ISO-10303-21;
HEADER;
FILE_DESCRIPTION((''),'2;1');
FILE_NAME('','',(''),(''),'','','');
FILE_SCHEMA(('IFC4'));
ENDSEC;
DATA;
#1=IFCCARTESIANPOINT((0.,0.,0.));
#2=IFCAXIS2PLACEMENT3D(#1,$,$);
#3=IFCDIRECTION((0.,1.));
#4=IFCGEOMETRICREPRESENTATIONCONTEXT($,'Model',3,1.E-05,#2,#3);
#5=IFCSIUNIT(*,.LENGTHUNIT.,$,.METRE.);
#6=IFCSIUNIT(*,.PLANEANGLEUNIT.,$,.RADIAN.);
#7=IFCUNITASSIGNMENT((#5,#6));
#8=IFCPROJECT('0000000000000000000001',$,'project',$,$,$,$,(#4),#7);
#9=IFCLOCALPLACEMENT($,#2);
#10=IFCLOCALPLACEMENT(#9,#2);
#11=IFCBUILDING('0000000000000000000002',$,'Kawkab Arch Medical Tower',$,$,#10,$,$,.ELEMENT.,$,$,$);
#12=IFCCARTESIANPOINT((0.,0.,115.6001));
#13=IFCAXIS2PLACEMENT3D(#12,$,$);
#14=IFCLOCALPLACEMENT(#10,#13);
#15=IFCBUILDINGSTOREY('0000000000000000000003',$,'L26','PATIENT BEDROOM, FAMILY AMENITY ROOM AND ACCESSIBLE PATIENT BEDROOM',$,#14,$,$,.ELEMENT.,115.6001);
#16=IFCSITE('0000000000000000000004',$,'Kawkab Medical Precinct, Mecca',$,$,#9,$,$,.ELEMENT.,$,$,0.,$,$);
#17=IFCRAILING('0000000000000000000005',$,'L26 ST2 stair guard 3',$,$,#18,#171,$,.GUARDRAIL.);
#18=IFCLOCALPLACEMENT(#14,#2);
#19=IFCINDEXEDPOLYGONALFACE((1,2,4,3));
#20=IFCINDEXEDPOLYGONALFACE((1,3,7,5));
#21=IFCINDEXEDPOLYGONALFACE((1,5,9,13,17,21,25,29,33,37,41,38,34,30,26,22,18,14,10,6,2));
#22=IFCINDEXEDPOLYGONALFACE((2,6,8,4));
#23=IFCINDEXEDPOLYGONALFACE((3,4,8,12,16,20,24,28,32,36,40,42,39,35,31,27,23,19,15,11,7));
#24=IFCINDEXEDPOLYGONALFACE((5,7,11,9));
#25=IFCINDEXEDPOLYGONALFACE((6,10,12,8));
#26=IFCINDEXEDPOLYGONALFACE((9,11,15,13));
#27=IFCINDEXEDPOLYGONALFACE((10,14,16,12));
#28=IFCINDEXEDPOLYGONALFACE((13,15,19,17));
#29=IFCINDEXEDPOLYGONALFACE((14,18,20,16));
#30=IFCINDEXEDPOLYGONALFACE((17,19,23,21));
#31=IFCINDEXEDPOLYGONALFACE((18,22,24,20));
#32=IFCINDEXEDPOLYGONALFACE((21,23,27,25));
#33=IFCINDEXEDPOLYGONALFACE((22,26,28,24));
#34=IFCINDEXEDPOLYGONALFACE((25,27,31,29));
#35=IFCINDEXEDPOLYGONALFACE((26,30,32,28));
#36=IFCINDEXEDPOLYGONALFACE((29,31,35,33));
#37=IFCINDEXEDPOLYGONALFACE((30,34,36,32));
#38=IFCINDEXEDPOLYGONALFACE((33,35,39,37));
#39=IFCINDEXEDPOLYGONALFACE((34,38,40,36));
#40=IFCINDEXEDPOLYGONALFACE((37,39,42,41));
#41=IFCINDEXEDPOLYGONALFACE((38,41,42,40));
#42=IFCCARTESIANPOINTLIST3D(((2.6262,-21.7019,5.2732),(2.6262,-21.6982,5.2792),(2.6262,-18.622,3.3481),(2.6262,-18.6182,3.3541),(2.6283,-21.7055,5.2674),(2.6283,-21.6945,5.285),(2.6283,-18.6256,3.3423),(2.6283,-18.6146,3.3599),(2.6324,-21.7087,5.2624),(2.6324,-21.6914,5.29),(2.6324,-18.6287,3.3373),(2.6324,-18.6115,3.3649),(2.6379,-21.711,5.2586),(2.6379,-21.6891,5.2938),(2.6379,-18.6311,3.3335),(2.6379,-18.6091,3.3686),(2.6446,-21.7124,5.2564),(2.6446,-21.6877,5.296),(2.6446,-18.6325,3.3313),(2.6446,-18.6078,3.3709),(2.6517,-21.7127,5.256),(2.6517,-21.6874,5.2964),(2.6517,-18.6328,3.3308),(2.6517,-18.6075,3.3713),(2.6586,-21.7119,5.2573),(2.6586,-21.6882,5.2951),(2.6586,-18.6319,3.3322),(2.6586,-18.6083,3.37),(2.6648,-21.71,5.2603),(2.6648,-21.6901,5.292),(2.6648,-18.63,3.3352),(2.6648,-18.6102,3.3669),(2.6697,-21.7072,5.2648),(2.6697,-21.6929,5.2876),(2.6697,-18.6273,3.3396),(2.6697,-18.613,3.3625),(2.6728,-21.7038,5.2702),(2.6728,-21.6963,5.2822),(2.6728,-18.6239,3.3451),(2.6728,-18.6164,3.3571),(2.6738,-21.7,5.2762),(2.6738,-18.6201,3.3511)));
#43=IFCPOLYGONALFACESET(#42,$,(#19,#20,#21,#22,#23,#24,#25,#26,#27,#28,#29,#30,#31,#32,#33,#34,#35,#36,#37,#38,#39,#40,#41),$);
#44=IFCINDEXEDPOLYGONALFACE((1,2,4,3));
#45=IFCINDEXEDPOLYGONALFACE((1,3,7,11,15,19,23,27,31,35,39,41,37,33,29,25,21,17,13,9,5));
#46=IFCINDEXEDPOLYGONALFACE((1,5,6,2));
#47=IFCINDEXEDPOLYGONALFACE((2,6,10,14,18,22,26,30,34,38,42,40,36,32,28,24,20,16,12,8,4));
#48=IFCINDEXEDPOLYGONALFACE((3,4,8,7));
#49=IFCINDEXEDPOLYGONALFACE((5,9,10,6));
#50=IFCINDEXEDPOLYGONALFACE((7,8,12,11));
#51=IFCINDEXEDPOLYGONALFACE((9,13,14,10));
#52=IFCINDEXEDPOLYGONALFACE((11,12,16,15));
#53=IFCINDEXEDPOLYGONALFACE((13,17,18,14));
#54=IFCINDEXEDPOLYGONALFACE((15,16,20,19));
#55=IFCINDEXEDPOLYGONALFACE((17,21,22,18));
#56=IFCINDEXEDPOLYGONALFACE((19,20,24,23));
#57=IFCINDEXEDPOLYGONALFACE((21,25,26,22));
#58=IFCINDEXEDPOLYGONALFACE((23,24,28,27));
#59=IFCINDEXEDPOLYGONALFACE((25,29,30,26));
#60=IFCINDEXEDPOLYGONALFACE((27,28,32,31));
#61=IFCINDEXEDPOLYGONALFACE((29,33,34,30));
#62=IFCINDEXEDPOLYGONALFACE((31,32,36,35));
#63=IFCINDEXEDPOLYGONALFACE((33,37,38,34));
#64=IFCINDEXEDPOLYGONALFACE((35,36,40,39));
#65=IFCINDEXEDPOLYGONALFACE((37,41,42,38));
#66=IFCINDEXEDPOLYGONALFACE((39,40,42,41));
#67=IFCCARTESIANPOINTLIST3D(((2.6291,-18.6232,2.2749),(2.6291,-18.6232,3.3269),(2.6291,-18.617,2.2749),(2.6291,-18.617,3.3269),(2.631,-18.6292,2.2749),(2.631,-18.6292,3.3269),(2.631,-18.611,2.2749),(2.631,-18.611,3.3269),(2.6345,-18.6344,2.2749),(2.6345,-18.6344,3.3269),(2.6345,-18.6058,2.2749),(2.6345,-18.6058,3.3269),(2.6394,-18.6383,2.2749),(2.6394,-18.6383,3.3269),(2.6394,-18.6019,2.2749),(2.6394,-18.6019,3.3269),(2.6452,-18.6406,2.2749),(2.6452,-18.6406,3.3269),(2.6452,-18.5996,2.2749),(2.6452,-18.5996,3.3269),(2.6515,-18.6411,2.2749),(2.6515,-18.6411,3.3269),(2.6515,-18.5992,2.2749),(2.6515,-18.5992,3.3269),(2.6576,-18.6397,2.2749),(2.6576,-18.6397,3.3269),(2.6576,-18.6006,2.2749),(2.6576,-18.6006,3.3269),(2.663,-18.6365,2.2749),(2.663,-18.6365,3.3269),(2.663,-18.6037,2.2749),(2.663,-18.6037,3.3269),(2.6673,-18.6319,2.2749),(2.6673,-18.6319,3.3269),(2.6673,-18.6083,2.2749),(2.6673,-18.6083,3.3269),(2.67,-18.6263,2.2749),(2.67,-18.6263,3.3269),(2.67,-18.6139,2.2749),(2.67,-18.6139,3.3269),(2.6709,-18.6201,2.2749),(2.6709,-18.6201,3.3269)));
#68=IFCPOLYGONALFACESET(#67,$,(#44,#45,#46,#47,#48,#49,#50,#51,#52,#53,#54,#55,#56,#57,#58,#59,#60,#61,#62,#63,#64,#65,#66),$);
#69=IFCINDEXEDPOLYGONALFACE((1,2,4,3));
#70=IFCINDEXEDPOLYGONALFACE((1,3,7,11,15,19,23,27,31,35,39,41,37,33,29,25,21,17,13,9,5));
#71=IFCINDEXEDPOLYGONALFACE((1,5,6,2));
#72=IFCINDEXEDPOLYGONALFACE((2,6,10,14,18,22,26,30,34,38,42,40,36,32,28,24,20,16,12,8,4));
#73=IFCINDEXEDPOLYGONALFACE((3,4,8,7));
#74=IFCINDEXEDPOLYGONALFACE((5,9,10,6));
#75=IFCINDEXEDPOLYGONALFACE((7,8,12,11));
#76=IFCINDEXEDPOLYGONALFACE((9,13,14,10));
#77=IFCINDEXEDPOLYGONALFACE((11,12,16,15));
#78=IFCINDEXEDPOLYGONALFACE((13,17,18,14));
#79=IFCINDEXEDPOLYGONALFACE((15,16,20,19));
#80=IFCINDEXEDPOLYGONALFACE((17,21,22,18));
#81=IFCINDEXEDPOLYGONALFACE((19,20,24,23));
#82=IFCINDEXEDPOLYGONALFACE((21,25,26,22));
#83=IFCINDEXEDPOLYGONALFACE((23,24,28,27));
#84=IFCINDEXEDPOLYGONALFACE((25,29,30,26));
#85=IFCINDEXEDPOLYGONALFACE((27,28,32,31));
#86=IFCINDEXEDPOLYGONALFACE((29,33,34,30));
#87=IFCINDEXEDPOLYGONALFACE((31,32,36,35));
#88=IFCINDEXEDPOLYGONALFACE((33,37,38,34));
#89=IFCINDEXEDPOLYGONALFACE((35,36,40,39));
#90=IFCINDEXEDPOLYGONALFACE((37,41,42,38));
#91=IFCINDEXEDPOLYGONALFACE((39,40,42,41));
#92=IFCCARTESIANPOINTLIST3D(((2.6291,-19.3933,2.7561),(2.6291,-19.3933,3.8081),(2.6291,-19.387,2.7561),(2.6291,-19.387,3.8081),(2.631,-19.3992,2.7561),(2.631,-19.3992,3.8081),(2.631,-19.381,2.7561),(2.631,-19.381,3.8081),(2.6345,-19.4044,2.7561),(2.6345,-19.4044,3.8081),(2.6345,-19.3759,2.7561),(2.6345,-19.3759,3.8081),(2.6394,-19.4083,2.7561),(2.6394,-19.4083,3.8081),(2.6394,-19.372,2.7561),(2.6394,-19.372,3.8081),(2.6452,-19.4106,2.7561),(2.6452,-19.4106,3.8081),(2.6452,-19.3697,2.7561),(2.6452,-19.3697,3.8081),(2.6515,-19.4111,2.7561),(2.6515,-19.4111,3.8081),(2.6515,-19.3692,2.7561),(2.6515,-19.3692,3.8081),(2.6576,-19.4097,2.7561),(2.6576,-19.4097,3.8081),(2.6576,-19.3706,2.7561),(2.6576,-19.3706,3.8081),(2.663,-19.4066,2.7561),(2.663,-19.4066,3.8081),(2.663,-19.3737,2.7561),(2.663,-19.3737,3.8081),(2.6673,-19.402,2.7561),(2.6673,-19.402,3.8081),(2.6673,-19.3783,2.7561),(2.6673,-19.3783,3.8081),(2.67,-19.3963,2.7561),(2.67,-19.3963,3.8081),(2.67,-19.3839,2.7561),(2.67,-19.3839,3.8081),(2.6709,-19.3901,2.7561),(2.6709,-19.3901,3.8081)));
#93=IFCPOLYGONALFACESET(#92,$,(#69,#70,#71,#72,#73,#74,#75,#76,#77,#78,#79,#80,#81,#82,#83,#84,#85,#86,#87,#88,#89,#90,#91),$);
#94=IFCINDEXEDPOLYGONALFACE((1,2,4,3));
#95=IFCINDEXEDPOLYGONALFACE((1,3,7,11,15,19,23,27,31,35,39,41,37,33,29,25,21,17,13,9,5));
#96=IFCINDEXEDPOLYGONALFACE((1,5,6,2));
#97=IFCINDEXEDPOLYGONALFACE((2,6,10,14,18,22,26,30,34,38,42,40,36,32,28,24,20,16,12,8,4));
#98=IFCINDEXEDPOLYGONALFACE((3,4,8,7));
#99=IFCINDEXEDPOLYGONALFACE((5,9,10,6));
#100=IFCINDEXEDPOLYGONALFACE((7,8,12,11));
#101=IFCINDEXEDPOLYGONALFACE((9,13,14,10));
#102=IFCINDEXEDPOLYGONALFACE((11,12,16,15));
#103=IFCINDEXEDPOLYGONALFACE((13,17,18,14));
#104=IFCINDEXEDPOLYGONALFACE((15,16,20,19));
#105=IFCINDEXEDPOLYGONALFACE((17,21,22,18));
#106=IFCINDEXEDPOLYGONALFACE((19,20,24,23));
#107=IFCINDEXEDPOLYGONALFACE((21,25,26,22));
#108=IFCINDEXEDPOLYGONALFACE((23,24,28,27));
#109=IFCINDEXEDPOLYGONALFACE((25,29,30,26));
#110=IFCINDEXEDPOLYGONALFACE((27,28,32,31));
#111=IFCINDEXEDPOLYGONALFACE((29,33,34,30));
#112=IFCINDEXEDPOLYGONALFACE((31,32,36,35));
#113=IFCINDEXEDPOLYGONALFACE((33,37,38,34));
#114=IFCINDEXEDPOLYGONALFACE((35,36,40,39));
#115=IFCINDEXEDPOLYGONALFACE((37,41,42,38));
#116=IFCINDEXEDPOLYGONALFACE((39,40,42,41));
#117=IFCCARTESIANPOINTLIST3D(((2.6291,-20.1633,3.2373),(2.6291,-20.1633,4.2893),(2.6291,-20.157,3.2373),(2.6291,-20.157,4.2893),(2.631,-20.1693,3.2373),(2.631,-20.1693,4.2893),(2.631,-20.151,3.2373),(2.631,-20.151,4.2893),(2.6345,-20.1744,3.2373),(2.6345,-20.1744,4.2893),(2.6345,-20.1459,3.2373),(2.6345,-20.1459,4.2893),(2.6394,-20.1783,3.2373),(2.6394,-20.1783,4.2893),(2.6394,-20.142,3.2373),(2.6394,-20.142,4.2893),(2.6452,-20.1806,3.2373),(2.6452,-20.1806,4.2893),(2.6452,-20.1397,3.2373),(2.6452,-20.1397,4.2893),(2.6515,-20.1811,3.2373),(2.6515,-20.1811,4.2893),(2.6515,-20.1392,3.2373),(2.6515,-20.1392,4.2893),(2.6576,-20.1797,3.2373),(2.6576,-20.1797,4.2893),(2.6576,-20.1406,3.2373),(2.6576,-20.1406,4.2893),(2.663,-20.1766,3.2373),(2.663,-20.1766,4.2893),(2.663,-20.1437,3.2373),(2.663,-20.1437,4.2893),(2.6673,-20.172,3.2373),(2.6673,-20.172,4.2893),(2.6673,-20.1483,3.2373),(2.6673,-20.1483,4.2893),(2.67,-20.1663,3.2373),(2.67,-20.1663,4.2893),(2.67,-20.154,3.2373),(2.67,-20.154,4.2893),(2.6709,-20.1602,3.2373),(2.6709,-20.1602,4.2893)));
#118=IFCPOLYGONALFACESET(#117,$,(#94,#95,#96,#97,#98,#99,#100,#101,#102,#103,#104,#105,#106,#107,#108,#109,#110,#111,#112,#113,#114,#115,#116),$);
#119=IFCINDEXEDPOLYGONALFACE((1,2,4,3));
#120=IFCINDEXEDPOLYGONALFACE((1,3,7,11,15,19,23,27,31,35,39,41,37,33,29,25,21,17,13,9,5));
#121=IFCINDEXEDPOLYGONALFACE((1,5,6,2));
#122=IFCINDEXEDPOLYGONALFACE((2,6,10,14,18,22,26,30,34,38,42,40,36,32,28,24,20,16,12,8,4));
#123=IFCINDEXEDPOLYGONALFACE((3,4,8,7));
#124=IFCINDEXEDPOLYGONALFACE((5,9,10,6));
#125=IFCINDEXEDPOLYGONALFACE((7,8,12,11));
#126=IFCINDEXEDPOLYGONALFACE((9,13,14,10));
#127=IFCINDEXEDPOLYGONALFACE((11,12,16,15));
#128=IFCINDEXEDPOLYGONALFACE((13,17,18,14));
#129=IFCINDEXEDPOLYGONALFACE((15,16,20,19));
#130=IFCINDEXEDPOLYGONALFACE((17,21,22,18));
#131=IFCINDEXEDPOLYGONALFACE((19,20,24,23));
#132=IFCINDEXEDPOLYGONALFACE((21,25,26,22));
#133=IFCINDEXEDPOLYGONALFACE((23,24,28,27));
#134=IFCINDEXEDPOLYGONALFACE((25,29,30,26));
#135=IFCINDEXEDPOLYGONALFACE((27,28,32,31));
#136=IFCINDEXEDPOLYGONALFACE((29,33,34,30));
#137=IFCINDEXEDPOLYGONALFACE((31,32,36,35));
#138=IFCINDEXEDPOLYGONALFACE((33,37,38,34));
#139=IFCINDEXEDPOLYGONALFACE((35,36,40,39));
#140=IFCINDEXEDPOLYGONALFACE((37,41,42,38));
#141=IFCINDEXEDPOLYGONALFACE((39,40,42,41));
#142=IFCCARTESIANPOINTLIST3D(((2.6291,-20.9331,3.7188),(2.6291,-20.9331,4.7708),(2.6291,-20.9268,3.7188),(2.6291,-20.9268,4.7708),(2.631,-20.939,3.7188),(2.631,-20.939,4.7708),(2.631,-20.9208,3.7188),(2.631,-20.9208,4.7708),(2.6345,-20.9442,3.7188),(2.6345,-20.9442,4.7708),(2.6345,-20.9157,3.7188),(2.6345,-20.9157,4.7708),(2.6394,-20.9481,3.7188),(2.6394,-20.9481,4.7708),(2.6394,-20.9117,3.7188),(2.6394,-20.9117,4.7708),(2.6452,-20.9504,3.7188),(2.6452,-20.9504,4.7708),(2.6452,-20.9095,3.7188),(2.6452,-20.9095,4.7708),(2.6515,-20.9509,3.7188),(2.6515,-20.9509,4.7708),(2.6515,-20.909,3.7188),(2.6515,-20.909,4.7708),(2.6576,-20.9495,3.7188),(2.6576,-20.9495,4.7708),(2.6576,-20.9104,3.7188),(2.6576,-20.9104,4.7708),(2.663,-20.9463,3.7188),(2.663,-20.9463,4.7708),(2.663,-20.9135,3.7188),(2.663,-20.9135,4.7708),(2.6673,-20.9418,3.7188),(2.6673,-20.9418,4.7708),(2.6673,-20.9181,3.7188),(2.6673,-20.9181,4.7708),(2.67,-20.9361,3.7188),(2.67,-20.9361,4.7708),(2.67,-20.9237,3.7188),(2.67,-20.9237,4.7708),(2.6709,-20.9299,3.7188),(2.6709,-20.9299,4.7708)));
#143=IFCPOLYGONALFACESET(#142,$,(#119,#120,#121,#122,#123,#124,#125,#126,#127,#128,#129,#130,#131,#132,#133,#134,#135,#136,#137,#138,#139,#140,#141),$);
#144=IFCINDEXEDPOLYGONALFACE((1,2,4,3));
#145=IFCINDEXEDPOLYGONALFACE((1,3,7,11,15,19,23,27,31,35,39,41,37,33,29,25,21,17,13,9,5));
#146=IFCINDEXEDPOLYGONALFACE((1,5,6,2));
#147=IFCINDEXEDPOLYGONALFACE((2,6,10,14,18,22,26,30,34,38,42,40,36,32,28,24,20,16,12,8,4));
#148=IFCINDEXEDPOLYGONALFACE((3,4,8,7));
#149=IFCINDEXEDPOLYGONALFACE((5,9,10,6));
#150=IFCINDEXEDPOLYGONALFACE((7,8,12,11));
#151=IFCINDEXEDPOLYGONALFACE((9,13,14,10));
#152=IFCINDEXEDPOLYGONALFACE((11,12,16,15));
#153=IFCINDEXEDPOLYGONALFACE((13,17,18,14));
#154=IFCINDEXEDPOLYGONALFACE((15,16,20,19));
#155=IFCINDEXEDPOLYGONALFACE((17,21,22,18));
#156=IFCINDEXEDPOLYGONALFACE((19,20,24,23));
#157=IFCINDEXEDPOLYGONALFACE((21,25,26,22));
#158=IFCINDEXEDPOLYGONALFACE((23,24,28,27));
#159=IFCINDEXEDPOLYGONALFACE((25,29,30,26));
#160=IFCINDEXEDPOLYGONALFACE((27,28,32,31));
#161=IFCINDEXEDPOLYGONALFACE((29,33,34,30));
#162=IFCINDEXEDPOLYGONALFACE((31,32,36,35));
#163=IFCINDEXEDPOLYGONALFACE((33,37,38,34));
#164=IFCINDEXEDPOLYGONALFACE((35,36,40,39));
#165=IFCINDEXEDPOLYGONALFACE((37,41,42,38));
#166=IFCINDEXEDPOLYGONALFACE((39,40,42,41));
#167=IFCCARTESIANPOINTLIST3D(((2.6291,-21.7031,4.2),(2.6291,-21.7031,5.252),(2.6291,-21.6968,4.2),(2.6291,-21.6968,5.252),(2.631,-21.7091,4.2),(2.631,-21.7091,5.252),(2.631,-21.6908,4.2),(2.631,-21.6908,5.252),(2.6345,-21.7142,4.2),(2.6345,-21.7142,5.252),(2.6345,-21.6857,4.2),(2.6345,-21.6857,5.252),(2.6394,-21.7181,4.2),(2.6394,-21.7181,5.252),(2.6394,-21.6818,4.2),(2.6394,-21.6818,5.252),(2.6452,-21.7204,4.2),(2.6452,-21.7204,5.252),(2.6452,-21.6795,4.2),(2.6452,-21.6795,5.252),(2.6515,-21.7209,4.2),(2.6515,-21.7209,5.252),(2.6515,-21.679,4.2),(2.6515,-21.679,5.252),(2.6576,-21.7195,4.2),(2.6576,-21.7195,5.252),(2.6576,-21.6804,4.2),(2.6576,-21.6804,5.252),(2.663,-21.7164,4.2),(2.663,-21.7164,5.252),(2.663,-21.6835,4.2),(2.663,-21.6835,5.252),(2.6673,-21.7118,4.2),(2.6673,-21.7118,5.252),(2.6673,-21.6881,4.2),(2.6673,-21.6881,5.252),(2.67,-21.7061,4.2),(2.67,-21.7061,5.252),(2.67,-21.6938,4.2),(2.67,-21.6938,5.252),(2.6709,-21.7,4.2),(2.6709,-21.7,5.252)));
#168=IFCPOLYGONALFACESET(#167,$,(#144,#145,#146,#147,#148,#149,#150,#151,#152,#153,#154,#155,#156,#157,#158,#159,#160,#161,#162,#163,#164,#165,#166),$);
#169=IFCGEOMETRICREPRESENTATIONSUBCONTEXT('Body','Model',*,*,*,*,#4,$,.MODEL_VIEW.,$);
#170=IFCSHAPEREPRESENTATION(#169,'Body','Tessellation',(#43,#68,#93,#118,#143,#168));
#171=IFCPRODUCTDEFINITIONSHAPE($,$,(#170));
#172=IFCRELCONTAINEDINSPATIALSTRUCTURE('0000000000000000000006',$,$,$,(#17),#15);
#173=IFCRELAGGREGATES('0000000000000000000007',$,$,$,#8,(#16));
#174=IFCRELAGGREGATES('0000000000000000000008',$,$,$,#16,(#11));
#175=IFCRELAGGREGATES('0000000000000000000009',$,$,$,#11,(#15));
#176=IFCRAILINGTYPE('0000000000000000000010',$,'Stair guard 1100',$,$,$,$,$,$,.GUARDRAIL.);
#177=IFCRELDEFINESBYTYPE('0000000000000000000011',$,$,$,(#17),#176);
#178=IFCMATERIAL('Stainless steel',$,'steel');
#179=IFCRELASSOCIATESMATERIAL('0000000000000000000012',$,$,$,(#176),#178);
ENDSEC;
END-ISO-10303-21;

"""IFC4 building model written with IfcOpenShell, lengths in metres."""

from ifc_helpers import new_model, si_unit, direction, frame, origin, origin_2d, place, context, subcontext, project, spatial, circle, extrude, material, type_object, element, save


model = new_model("IFC4")

# Units and contexts
model_context = context("Model", 3, precision=1e-05, world=origin(), true_north=direction((0.0, 1.0)))
body_context = subcontext(model_context, "Body", "Model", "MODEL_VIEW")
ifc_project = project(units=[si_unit("LENGTHUNIT", "METRE"), si_unit("PLANEANGLEUNIT", "RADIAN")], contexts=[model_context])

# Site, building, storey
site_placement = place(None, origin())
site = spatial("IfcSite", under=ifc_project, at=site_placement, Name="Kawkab Medical Precinct, Mecca", CompositionType="ELEMENT", RefElevation=0.0)
building_placement = place(site_placement, origin())
building = spatial("IfcBuilding", under=site, at=building_placement, Name="Kawkab Arch Medical Tower", CompositionType="ELEMENT")
storey_placement = place(building_placement, frame((0.0, 0.0, 115.6001)))
storey = spatial("IfcBuildingStorey", under=building, at=storey_placement, Name="L26", Description="PATIENT BEDROOM, FAMILY AMENITY ROOM AND ACCESSIBLE PATIENT BEDROOM", CompositionType="ELEMENT", Elevation=115.6001)

# Railing
ifc_material_1 = material(Name="Stainless steel", Category="steel")
railing_type = type_object("IfcRailingType", Name="Stair guard 1100", PredefinedType="GUARDRAIL", material=ifc_material_1)
railing_1_placement = place(storey_placement, frame((2.6499, -18.6201, 2.2749)))
element("IfcRailing", 1, at=railing_1_placement, inside=storey, type_object=railing_type, Name="L26 ST2 stair guard 3", PredefinedType="GUARDRAIL", context=body_context, shape_type="SweptSolid", body=[
    extrude(circle(Radius=0.0239, at=origin_2d()), frame((0.0, 0.0, 1.0762), z_axis=(0.0, -0.847979, 0.530029), x_axis=(1.0, 0.0, 0.0)), (0.0, 0.0, 1.0), 3.6321),
    extrude(circle(Radius=0.021, at=origin_2d()), origin(), (0.0, 0.0, 1.0), 1.052),
    extrude(circle(Radius=0.021, at=origin_2d()), frame((0.0, -0.77, 0.4812)), (0.0, 0.0, 1.0), 1.052),
    extrude(circle(Radius=0.021, at=origin_2d()), frame((0.0, -1.54, 0.9624)), (0.0, 0.0, 1.0), 1.052),
    extrude(circle(Radius=0.021, at=origin_2d()), frame((0.0, -2.3098, 1.4438)), (0.0, 0.0, 1.0), 1.052),
    extrude(circle(Radius=0.021, at=origin_2d()), frame((0.0, -3.0798, 1.925)), (0.0, 0.0, 1.0), 1.052),
])

save(model, "model.ifc")
